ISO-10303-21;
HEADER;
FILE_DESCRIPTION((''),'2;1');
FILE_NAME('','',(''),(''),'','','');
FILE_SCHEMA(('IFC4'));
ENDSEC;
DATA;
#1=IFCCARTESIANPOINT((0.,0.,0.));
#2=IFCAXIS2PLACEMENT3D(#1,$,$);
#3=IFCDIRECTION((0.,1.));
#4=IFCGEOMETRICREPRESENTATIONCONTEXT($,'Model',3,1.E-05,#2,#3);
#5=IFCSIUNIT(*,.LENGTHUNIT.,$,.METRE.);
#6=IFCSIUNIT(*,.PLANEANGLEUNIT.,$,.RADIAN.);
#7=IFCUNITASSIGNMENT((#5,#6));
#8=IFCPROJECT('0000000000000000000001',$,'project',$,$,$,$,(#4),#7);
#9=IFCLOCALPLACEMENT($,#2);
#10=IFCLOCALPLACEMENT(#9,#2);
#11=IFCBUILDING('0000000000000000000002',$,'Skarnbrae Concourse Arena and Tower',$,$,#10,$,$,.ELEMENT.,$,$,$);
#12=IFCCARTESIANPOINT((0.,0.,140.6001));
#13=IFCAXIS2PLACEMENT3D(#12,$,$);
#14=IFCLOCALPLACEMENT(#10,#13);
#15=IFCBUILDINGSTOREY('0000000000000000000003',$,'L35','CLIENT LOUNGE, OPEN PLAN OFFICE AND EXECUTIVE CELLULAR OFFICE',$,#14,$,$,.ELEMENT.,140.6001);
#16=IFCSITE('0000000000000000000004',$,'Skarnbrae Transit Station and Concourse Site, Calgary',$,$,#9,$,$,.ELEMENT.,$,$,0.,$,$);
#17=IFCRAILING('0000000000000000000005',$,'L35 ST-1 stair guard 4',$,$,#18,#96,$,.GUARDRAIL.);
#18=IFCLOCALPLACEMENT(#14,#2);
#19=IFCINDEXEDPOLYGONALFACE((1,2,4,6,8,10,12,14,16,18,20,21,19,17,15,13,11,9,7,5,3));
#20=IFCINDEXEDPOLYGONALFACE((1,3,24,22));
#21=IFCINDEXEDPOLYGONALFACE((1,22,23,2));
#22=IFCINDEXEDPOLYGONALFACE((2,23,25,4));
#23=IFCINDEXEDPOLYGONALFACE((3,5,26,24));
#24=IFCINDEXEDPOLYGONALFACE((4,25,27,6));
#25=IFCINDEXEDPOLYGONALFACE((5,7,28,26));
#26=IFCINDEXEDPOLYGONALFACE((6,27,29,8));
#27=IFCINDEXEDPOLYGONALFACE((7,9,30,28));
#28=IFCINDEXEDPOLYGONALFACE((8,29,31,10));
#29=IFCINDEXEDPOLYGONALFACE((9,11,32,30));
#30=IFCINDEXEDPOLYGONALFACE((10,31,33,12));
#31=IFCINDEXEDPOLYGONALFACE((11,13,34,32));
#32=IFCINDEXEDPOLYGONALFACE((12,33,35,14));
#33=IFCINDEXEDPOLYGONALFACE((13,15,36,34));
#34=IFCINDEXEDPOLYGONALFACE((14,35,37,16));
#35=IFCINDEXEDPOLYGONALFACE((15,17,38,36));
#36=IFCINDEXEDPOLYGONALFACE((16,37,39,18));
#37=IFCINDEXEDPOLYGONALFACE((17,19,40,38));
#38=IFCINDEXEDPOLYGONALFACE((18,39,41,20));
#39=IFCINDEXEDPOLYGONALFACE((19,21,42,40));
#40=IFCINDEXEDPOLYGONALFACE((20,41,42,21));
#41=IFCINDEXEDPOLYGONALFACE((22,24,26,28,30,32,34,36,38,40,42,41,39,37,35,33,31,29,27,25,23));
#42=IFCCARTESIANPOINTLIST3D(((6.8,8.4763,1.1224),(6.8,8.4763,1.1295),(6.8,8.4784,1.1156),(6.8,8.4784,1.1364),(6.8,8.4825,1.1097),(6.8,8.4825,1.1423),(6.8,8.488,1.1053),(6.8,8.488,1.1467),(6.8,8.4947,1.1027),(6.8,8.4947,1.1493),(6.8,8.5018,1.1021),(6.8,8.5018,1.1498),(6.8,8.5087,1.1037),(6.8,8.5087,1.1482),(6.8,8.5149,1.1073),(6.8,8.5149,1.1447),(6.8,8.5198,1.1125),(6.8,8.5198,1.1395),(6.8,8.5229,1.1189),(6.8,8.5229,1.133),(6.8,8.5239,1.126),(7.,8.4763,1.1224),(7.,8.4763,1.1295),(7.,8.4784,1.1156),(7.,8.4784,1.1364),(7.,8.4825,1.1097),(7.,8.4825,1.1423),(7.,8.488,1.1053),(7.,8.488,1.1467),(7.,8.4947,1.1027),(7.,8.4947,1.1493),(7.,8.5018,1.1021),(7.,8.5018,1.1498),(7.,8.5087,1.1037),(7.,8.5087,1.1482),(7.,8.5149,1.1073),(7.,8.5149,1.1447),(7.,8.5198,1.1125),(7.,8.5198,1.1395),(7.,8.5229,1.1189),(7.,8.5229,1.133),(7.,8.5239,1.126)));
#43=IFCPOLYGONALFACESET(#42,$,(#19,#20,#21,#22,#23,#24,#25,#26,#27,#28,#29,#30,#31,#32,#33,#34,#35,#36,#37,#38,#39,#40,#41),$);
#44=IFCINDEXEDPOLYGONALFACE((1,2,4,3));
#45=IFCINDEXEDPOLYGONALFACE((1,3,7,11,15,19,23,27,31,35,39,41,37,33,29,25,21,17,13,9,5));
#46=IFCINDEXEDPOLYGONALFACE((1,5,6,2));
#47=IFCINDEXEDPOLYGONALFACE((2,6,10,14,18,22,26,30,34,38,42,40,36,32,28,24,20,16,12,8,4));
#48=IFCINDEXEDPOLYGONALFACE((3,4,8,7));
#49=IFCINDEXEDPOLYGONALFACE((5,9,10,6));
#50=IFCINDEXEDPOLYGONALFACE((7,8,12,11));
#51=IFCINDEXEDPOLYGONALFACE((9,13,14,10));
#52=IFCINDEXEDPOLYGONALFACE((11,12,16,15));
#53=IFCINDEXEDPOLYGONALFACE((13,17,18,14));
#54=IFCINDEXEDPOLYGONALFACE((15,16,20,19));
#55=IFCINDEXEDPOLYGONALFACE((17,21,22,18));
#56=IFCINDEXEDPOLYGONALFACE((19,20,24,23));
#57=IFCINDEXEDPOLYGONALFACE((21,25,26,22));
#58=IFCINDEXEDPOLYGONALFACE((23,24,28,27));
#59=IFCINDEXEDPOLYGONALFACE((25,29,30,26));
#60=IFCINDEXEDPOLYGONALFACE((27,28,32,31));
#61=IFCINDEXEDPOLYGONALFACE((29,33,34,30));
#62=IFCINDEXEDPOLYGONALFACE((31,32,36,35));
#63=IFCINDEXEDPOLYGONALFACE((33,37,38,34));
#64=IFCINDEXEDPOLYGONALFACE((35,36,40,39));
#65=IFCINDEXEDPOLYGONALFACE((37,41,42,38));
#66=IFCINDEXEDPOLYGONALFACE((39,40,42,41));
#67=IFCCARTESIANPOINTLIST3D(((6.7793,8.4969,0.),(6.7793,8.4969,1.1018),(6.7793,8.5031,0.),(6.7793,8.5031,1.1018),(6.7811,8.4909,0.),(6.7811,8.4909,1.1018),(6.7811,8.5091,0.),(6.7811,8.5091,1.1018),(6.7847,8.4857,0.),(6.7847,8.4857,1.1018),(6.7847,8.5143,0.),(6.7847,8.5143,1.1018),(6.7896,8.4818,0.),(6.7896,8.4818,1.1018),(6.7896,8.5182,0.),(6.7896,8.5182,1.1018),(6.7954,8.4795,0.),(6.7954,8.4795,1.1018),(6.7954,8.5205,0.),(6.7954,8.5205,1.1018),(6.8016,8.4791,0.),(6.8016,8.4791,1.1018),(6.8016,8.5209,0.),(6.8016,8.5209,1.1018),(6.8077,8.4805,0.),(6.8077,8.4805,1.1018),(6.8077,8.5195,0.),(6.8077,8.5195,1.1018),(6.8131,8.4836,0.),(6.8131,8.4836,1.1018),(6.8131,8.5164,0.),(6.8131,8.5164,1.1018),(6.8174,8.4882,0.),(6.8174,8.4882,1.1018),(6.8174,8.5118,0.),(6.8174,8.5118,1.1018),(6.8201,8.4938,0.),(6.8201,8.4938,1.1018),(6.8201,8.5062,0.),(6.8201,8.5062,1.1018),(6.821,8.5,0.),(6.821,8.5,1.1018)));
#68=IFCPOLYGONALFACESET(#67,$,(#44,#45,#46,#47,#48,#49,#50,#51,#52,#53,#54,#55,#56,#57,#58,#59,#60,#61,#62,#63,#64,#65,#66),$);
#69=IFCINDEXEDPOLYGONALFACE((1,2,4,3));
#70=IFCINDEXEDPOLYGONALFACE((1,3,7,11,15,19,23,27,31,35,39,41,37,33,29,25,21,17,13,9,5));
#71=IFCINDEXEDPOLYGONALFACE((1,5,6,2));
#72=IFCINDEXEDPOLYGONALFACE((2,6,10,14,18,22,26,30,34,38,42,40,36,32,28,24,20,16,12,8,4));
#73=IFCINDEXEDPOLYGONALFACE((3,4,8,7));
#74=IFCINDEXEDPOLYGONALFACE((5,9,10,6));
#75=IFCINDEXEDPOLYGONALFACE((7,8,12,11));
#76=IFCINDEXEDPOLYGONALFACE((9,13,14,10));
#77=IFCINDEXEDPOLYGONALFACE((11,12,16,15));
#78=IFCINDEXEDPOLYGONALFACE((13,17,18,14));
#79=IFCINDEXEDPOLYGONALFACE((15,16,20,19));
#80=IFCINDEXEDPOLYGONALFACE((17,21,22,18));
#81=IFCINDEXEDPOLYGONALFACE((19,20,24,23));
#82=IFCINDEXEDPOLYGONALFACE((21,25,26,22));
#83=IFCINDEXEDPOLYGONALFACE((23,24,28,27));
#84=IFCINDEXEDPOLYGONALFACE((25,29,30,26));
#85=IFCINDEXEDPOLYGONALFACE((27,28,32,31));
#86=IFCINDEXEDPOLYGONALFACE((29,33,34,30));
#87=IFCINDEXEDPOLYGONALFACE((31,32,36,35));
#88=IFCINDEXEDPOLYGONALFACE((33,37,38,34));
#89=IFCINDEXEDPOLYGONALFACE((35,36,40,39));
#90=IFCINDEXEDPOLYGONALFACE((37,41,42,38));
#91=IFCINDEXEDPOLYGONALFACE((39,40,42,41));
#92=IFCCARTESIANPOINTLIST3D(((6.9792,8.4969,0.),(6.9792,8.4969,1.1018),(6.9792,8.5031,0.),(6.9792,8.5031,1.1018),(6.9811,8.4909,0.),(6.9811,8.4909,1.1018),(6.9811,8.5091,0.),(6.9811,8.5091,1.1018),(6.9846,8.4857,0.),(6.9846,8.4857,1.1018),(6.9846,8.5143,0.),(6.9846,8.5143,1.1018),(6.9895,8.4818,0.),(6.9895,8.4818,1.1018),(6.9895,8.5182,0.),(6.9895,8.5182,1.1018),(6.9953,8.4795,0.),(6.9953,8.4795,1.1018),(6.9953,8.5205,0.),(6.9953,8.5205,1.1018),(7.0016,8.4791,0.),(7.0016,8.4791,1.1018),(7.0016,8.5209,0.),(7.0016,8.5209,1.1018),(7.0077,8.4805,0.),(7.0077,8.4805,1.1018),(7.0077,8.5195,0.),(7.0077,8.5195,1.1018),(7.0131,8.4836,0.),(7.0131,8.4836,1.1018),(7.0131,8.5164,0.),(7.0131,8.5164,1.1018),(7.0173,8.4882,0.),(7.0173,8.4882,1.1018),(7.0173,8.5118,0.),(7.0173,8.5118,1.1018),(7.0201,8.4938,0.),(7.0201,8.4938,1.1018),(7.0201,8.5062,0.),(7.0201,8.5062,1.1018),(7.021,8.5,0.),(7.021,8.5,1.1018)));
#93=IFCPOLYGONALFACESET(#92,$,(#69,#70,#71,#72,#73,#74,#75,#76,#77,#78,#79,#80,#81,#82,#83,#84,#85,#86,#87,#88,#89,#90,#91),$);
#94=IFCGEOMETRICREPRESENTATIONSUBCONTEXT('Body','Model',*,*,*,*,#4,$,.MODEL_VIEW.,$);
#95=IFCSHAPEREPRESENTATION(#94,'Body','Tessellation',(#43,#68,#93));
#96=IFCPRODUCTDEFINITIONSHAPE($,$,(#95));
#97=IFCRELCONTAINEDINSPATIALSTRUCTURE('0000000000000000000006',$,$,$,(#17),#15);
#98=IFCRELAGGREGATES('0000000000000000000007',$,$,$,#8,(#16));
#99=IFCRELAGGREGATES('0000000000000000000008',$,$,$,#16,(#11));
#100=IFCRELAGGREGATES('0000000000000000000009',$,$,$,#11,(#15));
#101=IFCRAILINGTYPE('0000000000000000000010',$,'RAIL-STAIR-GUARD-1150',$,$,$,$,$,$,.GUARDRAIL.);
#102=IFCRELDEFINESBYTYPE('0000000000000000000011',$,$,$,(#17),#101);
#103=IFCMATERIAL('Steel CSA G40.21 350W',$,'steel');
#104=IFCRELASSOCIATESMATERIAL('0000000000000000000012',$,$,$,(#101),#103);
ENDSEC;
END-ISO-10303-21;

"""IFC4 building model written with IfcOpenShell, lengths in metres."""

from ifc_helpers import new_model, si_unit, direction, frame, origin, origin_2d, place, context, subcontext, project, spatial, circle, extrude, material, type_object, element, save


model = new_model("IFC4")

# Units and contexts
model_context = context("Model", 3, precision=1e-05, world=origin(), true_north=direction((0.0, 1.0)))
body_context = subcontext(model_context, "Body", "Model", "MODEL_VIEW")
ifc_project = project(units=[si_unit("LENGTHUNIT", "METRE"), si_unit("PLANEANGLEUNIT", "RADIAN")], contexts=[model_context])

# Site, building, storey
site_placement = place(None, origin())
site = spatial("IfcSite", under=ifc_project, at=site_placement, Name="Skarnbrae Transit Station and Concourse Site, Calgary", CompositionType="ELEMENT", RefElevation=0.0)
building_placement = place(site_placement, origin())
building = spatial("IfcBuilding", under=site, at=building_placement, Name="Skarnbrae Concourse Arena and Tower", CompositionType="ELEMENT")
storey_placement = place(building_placement, frame((0.0, 0.0, 140.6001)))
storey = spatial("IfcBuildingStorey", under=building, at=storey_placement, Name="L35", Description="CLIENT LOUNGE, OPEN PLAN OFFICE AND EXECUTIVE CELLULAR OFFICE", CompositionType="ELEMENT", Elevation=140.6001)

# Shared definitions
ifc_material_1 = material(Name="Steel CSA G40.21 350W", Category="steel")

# Railing
railing_type = type_object("IfcRailingType", Name="RAIL-STAIR-GUARD-1150", PredefinedType="GUARDRAIL", material=ifc_material_1)
railing_1_placement = place(storey_placement, frame((6.8, 8.5, 0.0)))
element("IfcRailing", 1, at=railing_1_placement, inside=storey, type_object=railing_type, Name="L35 ST-1 stair guard 4", PredefinedType="GUARDRAIL", context=body_context, shape_type="SweptSolid", body=[
    extrude(circle(Radius=0.0239, at=origin_2d()), frame((0.0, 0.0, 1.126), z_axis=(1.0, 0.0, 0.0), x_axis=(0.0, 1.0, 0.0)), (0.0, 0.0, 1.0), 0.2),
    extrude(circle(Radius=0.021, at=origin_2d()), origin(), (0.0, 0.0, 1.0), 1.1018),
    extrude(circle(Radius=0.021, at=origin_2d()), frame((0.2, 0.0, 0.0)), (0.0, 0.0, 1.0), 1.1018),
])

save(model, "model.ifc")
